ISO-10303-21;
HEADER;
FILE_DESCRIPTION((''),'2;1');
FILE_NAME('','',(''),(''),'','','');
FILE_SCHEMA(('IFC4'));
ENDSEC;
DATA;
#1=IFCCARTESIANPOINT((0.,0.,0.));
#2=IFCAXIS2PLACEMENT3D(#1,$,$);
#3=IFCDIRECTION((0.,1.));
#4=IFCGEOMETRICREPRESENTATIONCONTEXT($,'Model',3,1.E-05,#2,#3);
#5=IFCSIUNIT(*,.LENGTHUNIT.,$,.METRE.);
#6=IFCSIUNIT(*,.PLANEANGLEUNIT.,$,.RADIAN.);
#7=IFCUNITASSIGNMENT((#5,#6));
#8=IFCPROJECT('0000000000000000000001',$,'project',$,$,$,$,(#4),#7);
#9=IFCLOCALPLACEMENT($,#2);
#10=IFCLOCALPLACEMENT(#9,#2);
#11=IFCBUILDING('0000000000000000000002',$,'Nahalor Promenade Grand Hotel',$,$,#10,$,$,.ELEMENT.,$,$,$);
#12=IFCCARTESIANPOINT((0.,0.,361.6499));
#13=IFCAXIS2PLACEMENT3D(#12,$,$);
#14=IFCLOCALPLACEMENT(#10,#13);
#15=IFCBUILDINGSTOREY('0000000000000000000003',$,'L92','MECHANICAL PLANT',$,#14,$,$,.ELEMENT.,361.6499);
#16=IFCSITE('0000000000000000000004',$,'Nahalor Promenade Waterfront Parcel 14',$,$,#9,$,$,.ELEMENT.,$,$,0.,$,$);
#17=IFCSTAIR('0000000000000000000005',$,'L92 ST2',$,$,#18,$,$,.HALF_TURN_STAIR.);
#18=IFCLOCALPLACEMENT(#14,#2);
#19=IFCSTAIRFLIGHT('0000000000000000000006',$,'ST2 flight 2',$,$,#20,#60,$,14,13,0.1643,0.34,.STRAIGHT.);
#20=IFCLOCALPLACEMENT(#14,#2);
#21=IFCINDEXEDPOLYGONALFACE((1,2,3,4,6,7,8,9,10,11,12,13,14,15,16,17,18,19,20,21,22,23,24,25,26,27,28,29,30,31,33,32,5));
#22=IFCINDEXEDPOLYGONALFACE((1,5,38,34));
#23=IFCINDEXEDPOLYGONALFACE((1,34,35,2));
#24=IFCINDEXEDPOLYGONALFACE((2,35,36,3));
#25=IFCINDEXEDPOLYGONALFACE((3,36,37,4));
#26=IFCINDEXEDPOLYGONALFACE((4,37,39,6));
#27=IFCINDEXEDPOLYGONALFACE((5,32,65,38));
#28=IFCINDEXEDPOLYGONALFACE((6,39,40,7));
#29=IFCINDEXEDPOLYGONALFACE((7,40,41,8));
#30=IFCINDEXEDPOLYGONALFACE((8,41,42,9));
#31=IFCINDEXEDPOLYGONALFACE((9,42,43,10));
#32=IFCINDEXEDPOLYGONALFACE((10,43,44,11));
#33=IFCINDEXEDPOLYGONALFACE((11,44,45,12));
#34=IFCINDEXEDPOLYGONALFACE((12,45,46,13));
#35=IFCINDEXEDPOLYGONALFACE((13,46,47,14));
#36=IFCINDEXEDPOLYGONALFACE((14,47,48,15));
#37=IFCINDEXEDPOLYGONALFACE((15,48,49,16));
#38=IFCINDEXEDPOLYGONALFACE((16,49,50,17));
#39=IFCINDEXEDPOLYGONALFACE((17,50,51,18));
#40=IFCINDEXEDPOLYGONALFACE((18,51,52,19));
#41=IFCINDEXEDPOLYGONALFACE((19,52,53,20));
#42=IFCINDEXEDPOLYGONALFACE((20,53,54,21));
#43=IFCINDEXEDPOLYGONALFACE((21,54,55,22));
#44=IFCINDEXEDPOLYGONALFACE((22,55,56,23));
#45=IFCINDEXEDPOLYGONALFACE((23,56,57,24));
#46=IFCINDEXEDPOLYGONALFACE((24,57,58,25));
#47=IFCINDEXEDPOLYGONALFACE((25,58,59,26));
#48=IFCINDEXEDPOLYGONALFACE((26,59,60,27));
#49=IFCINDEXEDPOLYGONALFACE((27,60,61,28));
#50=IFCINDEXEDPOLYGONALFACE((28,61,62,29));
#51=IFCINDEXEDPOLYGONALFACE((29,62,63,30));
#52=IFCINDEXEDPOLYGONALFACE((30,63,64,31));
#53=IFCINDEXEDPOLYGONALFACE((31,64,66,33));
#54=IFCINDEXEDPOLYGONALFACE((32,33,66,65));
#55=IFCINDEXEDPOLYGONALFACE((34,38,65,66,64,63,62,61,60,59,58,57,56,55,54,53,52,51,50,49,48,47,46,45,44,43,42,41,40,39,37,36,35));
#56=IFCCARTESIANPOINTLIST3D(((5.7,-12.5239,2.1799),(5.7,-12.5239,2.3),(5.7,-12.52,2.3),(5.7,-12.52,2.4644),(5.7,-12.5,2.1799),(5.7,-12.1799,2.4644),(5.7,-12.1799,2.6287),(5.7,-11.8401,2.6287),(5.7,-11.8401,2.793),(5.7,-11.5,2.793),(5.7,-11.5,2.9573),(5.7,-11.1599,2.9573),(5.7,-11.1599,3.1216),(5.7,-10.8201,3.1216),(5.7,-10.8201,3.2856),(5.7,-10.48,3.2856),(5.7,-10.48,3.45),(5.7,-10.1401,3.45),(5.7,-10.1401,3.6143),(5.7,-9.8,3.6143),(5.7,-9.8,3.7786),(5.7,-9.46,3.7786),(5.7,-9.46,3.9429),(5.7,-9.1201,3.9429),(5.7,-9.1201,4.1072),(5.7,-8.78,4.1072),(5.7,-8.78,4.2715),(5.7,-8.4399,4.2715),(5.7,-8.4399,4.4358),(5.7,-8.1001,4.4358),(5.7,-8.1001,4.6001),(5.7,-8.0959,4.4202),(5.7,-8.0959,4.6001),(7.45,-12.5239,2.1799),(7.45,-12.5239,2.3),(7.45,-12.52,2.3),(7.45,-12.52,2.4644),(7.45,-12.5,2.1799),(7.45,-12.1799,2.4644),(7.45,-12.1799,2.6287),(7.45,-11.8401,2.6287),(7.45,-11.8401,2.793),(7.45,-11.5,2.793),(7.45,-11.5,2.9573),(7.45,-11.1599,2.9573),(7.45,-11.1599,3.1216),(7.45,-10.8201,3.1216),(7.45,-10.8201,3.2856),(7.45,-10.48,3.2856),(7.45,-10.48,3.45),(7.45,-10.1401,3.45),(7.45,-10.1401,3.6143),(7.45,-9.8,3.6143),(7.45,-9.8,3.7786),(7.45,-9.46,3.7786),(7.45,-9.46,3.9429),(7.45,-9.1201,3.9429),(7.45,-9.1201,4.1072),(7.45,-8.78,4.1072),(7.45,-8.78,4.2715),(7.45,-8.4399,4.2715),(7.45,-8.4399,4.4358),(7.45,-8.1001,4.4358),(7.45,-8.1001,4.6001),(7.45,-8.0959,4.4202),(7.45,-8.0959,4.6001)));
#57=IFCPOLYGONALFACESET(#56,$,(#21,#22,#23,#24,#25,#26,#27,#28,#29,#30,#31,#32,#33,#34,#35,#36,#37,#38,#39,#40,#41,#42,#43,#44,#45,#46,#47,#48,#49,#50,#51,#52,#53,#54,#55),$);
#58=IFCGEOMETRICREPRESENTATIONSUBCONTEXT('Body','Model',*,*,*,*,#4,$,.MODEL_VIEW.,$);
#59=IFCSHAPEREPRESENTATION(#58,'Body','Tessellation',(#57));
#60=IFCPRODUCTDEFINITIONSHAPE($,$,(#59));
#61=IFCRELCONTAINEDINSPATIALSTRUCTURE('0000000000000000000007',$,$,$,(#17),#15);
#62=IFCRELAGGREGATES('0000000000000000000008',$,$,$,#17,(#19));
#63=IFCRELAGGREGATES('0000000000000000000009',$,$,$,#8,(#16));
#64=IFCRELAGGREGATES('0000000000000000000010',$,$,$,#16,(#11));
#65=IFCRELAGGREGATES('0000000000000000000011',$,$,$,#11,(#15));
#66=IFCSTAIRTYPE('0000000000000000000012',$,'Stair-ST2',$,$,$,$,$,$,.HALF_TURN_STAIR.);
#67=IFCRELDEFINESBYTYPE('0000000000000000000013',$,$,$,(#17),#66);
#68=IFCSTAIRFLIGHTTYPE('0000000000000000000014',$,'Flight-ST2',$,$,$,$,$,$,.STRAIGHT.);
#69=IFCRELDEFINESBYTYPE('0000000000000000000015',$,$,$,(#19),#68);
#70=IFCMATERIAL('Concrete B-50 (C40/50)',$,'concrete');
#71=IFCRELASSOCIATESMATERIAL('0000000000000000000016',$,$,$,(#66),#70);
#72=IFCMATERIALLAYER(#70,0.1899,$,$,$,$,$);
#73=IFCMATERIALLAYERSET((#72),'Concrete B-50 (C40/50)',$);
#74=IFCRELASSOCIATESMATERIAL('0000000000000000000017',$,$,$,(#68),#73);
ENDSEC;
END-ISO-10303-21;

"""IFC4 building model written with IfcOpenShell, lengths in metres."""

from ifc_helpers import new_model, si_unit, direction, frame, origin, place, context, subcontext, project, spatial, polyline, outline, extrude, source, transform, mapped, material, layer, layer_set, type_object, element, aggregate, save


model = new_model("IFC4")

# Units and contexts
model_context = context("Model", 3, precision=1e-05, world=origin(), true_north=direction((0.0, 1.0)))
body_context = subcontext(model_context, "Body", "Model", "MODEL_VIEW")
ifc_project = project(units=[si_unit("LENGTHUNIT", "METRE"), si_unit("PLANEANGLEUNIT", "RADIAN")], contexts=[model_context])

# Site, building, storey
site_placement = place(None, origin())
site = spatial("IfcSite", under=ifc_project, at=site_placement, Name="Nahalor Promenade Waterfront Parcel 14", CompositionType="ELEMENT", RefElevation=0.0)
building_placement = place(site_placement, origin())
building = spatial("IfcBuilding", under=site, at=building_placement, Name="Nahalor Promenade Grand Hotel", CompositionType="ELEMENT")
storey_placement = place(building_placement, frame((0.0, 0.0, 361.6499)))
storey = spatial("IfcBuildingStorey", under=building, at=storey_placement, Name="L92", Description="MECHANICAL PLANT", CompositionType="ELEMENT", Elevation=361.6499)

# Shared definitions
ifc_material_1 = material(Name="Concrete B-50 (C40/50)", Category="concrete")

# Stair, stair flight
stair_type = type_object("IfcStairType", Name="Stair-ST2", PredefinedType="HALF_TURN_STAIR", material=ifc_material_1)
stair_placement = place(storey_placement, origin())
stair = element("IfcStair", 1, at=stair_placement, inside=storey, type_object=stair_type, Name="L92 ST2", PredefinedType="HALF_TURN_STAIR")
ifc_layer_1 = layer(ifc_material_1, 0.1899)
ifc_layer_set_1 = layer_set([ifc_layer_1], Name="Concrete B-50 (C40/50)")
stair_flight_type = type_object("IfcStairFlightType", Name="Flight-ST2", PredefinedType="STRAIGHT", material=ifc_layer_set_1)
shared_shape_1 = source(origin(), body_context, "Body", "SweptSolid", [
    extrude(outline(polyline([(-0.0039, -0.1201), (-0.0039, 0.0), (0.0, 0.0), (0.0, 0.1643), (0.3401, 0.1643), (0.3401, 0.3286), (0.6799, 0.3286), (0.6799, 0.4929), (1.02, 0.4929), (1.02, 0.6572), (1.3601, 0.6572), (1.3601, 0.8215), (1.7, 0.8215), (1.7, 0.9856), (2.04, 0.9856), (2.04, 1.1499), (2.3799, 1.1499), (2.3799, 1.3142), (2.72, 1.3142), (2.72, 1.4785), (3.0601, 1.4785), (3.0601, 1.6428), (3.3999, 1.6428), (3.3999, 1.8071), (3.74, 1.8071), (3.74, 1.9714), (4.0801, 1.9714), (4.0801, 2.1357), (4.4199, 2.1357), (4.4199, 2.3), (4.4241, 2.3), (4.4241, 2.1201), (0.02, -0.1201), (-0.0039, -0.1201)])), frame((0.0, 0.875, 0.0), z_axis=(0.0, -1.0, 0.0), x_axis=(1.0, 0.0, 0.0)), (0.0, 0.0, 1.0), 1.75),
])
stair_flight_1_placement = place(storey_placement, frame((6.575, -12.52, 2.3), z_axis=(0.0, 0.0, 1.0), x_axis=(0.0, 1.0, 0.0)))
stair_flight_1 = element("IfcStairFlight", 2, at=stair_flight_1_placement, type_object=stair_flight_type, Name="ST2 flight 2", NumberOfRisers=14, NumberOfTreads=13, PredefinedType="STRAIGHT", RiserHeight=0.1643, TreadLength=0.34, context=body_context, shape_type="MappedRepresentation", body=[
    mapped(shared_shape_1, transform((0.0, 0.0, 0.0), scale=1.0)),
])
aggregate(stair, [stair_flight_1])

save(model, "model.ifc")
